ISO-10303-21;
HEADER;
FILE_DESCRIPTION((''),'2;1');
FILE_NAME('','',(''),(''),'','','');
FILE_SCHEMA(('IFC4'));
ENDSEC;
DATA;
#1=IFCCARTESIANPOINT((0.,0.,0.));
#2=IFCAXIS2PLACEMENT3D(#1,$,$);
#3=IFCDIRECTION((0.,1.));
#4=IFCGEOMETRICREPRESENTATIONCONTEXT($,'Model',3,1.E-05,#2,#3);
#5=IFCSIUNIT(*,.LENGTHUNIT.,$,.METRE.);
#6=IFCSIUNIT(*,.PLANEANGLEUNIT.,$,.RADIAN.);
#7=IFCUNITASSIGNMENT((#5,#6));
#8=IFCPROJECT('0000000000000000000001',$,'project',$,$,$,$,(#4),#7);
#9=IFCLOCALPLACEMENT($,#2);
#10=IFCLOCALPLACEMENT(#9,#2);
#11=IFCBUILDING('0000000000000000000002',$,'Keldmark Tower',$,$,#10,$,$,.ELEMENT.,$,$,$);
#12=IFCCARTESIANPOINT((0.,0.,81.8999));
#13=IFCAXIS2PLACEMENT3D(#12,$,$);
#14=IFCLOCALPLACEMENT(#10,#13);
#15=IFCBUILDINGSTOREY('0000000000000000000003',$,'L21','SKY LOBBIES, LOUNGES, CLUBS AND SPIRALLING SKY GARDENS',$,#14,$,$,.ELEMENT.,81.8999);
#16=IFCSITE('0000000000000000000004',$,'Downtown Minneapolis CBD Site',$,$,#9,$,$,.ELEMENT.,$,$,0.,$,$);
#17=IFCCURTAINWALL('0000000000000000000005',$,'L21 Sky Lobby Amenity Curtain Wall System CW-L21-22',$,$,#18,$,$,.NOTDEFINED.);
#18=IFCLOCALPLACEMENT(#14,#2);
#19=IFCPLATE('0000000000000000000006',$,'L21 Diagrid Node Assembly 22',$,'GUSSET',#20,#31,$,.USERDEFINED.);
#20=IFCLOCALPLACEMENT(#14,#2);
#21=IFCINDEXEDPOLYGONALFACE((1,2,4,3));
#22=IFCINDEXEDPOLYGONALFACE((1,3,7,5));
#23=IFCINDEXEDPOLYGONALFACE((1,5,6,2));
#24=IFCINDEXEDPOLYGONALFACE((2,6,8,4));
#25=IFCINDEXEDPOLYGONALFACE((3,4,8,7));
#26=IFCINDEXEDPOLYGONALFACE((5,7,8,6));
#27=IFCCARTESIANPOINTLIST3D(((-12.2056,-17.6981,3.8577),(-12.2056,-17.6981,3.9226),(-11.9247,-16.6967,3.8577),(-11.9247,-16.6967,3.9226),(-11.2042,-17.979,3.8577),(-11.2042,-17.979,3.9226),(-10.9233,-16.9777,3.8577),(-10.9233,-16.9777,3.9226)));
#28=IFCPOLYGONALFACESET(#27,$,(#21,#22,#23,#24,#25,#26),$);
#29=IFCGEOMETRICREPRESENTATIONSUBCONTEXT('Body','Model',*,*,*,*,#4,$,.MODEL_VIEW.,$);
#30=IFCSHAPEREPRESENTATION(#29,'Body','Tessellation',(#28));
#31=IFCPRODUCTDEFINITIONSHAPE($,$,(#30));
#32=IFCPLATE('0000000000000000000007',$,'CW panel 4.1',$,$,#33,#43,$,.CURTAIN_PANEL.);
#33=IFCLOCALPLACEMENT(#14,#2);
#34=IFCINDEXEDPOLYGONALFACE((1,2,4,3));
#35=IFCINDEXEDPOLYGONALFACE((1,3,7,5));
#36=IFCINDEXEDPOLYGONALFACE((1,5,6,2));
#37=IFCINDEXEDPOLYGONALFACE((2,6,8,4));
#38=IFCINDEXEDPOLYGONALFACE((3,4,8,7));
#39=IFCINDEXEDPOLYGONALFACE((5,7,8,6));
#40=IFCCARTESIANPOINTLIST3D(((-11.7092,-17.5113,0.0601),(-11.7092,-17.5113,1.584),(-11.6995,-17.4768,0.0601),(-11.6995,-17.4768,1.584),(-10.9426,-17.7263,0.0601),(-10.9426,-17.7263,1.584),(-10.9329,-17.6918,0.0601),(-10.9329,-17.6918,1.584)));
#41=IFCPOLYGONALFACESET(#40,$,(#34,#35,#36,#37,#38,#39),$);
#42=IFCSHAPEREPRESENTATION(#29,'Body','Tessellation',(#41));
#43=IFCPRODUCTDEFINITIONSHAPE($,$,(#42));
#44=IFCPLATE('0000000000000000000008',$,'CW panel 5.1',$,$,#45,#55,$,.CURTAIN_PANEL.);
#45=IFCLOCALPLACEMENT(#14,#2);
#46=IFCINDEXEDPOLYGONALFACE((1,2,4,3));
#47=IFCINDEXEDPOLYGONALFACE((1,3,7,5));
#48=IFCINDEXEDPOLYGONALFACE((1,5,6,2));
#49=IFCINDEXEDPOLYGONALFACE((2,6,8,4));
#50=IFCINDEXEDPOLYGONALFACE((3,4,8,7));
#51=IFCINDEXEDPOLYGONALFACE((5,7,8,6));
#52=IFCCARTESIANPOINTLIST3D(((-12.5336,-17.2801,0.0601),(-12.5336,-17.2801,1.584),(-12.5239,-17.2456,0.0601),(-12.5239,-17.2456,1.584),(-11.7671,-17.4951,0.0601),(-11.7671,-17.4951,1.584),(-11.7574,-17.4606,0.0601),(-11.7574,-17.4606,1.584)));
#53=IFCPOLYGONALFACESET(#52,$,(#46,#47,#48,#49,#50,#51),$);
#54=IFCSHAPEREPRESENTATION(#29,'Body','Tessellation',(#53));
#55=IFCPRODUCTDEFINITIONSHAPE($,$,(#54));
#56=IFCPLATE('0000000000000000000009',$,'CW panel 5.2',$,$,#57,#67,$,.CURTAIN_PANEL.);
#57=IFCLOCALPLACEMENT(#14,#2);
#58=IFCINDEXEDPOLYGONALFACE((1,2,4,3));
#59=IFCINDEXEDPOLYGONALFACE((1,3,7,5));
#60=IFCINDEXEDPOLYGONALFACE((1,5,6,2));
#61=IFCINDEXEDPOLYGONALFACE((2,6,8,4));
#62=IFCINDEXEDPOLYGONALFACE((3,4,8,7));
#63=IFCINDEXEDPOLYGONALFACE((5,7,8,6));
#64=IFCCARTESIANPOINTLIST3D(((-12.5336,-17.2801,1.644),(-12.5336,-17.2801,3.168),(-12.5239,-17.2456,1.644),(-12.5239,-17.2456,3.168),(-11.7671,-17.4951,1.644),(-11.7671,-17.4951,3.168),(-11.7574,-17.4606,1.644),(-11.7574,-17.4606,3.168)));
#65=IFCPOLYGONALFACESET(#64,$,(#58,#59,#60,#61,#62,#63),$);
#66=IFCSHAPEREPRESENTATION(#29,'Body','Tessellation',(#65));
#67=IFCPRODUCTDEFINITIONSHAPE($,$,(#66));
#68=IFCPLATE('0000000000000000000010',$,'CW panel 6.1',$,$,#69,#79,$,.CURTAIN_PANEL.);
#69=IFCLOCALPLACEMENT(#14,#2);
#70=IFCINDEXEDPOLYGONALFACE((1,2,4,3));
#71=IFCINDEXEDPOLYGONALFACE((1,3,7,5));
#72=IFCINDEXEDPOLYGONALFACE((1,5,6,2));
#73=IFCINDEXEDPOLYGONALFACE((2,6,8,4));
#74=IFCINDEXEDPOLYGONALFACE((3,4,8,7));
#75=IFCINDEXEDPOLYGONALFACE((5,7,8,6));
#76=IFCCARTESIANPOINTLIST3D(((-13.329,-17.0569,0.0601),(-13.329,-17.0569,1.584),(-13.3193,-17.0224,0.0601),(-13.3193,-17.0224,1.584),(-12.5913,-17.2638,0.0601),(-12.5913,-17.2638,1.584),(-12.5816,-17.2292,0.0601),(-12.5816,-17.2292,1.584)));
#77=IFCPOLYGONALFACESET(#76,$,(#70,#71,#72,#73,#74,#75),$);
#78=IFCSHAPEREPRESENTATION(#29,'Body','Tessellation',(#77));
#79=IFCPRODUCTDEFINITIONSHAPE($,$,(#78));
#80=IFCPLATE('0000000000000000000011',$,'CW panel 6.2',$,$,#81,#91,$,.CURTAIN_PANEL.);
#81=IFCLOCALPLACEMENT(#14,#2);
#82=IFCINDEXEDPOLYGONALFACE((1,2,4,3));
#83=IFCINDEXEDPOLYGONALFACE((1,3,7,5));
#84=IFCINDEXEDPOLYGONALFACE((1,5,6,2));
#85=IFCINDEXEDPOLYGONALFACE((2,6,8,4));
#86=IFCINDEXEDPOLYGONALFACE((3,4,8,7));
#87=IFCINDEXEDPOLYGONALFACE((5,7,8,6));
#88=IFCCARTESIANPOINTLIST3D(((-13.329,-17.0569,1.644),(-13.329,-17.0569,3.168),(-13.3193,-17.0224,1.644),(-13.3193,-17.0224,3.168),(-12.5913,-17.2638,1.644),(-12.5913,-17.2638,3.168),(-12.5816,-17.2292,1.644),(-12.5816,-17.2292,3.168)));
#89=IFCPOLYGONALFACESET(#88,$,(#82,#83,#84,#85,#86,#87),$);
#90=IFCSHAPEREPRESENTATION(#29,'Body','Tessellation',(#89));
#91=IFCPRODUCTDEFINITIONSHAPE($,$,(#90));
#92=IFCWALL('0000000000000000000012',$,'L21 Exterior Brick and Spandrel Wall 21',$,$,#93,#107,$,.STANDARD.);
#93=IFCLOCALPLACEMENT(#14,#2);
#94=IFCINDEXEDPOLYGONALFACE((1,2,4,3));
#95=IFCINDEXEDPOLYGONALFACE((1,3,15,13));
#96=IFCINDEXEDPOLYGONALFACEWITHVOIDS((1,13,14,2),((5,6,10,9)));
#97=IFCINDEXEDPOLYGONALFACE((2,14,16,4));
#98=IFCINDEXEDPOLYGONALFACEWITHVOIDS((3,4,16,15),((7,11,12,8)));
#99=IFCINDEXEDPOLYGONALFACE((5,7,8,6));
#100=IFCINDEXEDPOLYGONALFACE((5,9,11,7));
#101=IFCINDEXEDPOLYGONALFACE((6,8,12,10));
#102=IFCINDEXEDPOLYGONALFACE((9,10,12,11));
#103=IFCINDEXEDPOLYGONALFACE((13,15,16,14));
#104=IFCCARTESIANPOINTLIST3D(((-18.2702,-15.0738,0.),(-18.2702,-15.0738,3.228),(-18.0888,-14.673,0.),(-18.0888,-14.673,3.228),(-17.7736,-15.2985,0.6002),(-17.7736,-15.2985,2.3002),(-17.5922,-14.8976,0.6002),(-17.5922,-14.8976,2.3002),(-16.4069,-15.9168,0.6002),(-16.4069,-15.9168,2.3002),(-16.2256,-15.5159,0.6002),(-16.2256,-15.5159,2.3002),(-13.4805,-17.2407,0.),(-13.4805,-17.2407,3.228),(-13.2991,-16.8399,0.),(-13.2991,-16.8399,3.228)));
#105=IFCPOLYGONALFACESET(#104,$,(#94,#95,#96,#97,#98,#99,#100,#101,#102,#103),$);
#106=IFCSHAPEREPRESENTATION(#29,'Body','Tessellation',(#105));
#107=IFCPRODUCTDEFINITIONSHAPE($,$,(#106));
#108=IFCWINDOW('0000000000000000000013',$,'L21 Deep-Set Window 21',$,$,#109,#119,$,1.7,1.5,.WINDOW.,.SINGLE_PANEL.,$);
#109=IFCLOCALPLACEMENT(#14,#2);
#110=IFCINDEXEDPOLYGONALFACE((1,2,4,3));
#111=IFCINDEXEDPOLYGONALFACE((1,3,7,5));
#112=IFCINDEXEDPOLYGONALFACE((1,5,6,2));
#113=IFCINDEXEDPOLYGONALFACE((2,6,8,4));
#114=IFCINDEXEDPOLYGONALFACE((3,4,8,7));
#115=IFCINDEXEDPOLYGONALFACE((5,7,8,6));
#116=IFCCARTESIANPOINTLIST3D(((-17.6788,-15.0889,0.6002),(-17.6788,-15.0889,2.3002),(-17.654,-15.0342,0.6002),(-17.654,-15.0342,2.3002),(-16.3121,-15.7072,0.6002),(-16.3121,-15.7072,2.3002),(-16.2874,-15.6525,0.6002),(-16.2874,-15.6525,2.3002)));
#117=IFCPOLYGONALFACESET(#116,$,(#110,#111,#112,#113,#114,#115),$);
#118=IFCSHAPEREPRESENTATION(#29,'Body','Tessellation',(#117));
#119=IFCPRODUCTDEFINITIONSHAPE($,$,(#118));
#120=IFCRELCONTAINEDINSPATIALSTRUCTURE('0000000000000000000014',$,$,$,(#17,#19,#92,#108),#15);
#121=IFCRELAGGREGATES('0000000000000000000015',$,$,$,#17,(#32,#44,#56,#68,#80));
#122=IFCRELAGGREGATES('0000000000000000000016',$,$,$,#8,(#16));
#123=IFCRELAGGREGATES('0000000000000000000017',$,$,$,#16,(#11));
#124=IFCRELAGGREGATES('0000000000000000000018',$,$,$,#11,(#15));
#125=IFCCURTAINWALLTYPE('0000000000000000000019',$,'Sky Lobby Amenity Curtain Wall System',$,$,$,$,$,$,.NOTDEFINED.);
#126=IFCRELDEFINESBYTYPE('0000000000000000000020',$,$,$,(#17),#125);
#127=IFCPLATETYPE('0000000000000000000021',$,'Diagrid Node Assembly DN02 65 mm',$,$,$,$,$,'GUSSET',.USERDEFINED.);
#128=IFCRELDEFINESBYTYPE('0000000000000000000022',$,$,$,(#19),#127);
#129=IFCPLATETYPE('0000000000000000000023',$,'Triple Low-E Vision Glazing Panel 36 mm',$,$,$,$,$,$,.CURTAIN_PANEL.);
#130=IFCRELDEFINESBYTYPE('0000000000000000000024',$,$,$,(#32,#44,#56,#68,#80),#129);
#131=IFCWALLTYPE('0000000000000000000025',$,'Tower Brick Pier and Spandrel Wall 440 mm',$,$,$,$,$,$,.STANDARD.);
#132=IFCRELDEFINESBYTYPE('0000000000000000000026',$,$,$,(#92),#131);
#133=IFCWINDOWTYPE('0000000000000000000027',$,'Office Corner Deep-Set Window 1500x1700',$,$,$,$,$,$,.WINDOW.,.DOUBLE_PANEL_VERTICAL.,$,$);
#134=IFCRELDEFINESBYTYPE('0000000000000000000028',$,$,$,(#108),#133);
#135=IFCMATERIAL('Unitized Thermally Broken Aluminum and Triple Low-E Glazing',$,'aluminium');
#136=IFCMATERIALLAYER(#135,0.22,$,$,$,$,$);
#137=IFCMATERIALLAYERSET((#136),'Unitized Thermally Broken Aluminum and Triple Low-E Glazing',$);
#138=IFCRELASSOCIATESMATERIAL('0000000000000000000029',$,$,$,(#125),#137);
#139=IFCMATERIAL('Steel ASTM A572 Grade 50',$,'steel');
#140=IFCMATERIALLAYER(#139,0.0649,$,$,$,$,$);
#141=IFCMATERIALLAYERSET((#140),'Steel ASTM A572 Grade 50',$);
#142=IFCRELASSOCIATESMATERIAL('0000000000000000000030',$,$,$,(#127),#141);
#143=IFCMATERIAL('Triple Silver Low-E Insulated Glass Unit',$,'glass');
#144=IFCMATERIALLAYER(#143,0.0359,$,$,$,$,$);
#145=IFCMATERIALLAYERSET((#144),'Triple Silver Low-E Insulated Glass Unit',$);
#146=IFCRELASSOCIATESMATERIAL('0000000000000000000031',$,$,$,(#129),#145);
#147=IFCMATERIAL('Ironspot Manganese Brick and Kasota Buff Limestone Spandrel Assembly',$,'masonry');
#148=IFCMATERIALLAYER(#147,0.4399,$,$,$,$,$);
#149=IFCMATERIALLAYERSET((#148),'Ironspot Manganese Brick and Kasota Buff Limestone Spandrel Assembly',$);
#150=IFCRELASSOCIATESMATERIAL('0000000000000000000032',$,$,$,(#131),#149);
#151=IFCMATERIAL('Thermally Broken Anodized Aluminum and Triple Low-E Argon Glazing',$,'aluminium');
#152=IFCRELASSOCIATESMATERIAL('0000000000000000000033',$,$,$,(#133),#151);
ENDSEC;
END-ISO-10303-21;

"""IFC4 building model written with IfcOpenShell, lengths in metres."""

from ifc_helpers import new_model, si_unit, direction, frame, frame_2d, origin, origin_2d, place, context, subcontext, project, spatial, rectangle, extrude, material, layer, layer_set, type_object, element, fill, aggregate, save


model = new_model("IFC4")

# Units and contexts
model_context = context("Model", 3, precision=1e-05, world=origin(), true_north=direction((0.0, 1.0)))
body_context = subcontext(model_context, "Body", "Model", "MODEL_VIEW")
ifc_project = project(units=[si_unit("LENGTHUNIT", "METRE"), si_unit("PLANEANGLEUNIT", "RADIAN")], contexts=[model_context])

# Site, building, storey
site_placement = place(None, origin())
site = spatial("IfcSite", under=ifc_project, at=site_placement, Name="Downtown Minneapolis CBD Site", CompositionType="ELEMENT", RefElevation=0.0)
building_placement = place(site_placement, origin())
building = spatial("IfcBuilding", under=site, at=building_placement, Name="Keldmark Tower", CompositionType="ELEMENT")
storey_placement = place(building_placement, frame((0.0, 0.0, 81.8999)))
storey = spatial("IfcBuildingStorey", under=building, at=storey_placement, Name="L21", Description="SKY LOBBIES, LOUNGES, CLUBS AND SPIRALLING SKY GARDENS", CompositionType="ELEMENT", Elevation=81.8999)

# Curtain wall
ifc_material_1 = material(Name="Unitized Thermally Broken Aluminum and Triple Low-E Glazing", Category="aluminium")
ifc_layer_1 = layer(ifc_material_1, 0.22)
ifc_layer_set_1 = layer_set([ifc_layer_1], Name="Unitized Thermally Broken Aluminum and Triple Low-E Glazing")
curtain_wall_type = type_object("IfcCurtainWallType", Name="Sky Lobby Amenity Curtain Wall System", PredefinedType="NOTDEFINED", material=ifc_layer_set_1)
curtain_wall_placement = place(storey_placement, origin())
curtain_wall = element("IfcCurtainWall", 1, at=curtain_wall_placement, inside=storey, type_object=curtain_wall_type, Name="L21 Sky Lobby Amenity Curtain Wall System CW-L21-22", PredefinedType="NOTDEFINED")

# Plates
ifc_material_2 = material(Name="Steel ASTM A572 Grade 50", Category="steel")
ifc_layer_2 = layer(ifc_material_2, 0.0649)
ifc_layer_set_2 = layer_set([ifc_layer_2], Name="Steel ASTM A572 Grade 50")
plate_type_1 = type_object("IfcPlateType", Name="Diagrid Node Assembly DN02 65 mm", ElementType="GUSSET", PredefinedType="USERDEFINED", material=ifc_layer_set_2)
plate_1_placement = place(storey_placement, frame((-11.5645, -17.3379, 3.8577), z_axis=(0.0, 0.0, 1.0), x_axis=(0.962833, -0.270096, 0.0)))
element("IfcPlate", 2, at=plate_1_placement, inside=storey, type_object=plate_type_1, Name="L21 Diagrid Node Assembly 22", ObjectType="GUSSET", PredefinedType="USERDEFINED", context=body_context, shape_type="SweptSolid", body=[
    extrude(rectangle(XDim=1.04, YDim=1.04, at=origin_2d()), origin(), (0.0, 0.0, 1.0), 0.0649),
])
ifc_material_3 = material(Name="Triple Silver Low-E Insulated Glass Unit", Category="glass")
ifc_layer_3 = layer(ifc_material_3, 0.0359)
ifc_layer_set_3 = layer_set([ifc_layer_3], Name="Triple Silver Low-E Insulated Glass Unit")
plate_type_2 = type_object("IfcPlateType", Name="Triple Low-E Vision Glazing Panel 36 mm", PredefinedType="CURTAIN_PANEL", material=ifc_layer_set_3)
plate_2_placement = place(storey_placement, frame((-11.321, -17.6016, 0.0601), z_axis=(0.0, 0.0, 1.0), x_axis=(-0.962852, 0.270028, 0.0)))
plate_2 = element("IfcPlate", 3, at=plate_2_placement, type_object=plate_type_2, Name="CW panel 4.1", PredefinedType="CURTAIN_PANEL", context=body_context, shape_type="SweptSolid", body=[
    extrude(rectangle(XDim=0.7961, YDim=0.0359, at=origin_2d()), origin(), (0.0, 0.0, 1.0), 1.5239),
])
plate_3_placement = place(storey_placement, frame((-12.1455, -17.3704, 0.0601), z_axis=(0.0, 0.0, 1.0), x_axis=(-0.962852, 0.270028, 0.0)))
plate_3 = element("IfcPlate", 4, at=plate_3_placement, type_object=plate_type_2, Name="CW panel 5.1", PredefinedType="CURTAIN_PANEL", context=body_context, shape_type="SweptSolid", body=[
    extrude(rectangle(XDim=0.7961, YDim=0.0359, at=origin_2d()), origin(), (0.0, 0.0, 1.0), 1.5239),
])
plate_4_placement = place(storey_placement, frame((-12.1455, -17.3704, 1.644), z_axis=(0.0, 0.0, 1.0), x_axis=(-0.962852, 0.270028, 0.0)))
plate_4 = element("IfcPlate", 5, at=plate_4_placement, type_object=plate_type_2, Name="CW panel 5.2", PredefinedType="CURTAIN_PANEL", context=body_context, shape_type="SweptSolid", body=[
    extrude(rectangle(XDim=0.7961, YDim=0.0359, at=origin_2d()), origin(), (0.0, 0.0, 1.0), 1.5239),
])
plate_5_placement = place(storey_placement, frame((-12.9553, -17.1431, 0.0601), z_axis=(0.0, 0.0, 1.0), x_axis=(-0.962852, 0.270028, 0.0)))
plate_5 = element("IfcPlate", 6, at=plate_5_placement, type_object=plate_type_2, Name="CW panel 6.1", PredefinedType="CURTAIN_PANEL", context=body_context, shape_type="SweptSolid", body=[
    extrude(rectangle(XDim=0.7661, YDim=0.0359, at=origin_2d()), origin(), (0.0, 0.0, 1.0), 1.5239),
])
plate_6_placement = place(storey_placement, frame((-12.9553, -17.1431, 1.644), z_axis=(0.0, 0.0, 1.0), x_axis=(-0.962852, 0.270028, 0.0)))
plate_6 = element("IfcPlate", 7, at=plate_6_placement, type_object=plate_type_2, Name="CW panel 6.2", PredefinedType="CURTAIN_PANEL", context=body_context, shape_type="SweptSolid", body=[
    extrude(rectangle(XDim=0.7661, YDim=0.0359, at=origin_2d()), origin(), (0.0, 0.0, 1.0), 1.5239),
])
aggregate(curtain_wall, [plate_2, plate_3, plate_4, plate_5, plate_6])

# Wall, opening, window
ifc_material_4 = material(Name="Ironspot Manganese Brick and Kasota Buff Limestone Spandrel Assembly", Category="masonry")
ifc_layer_4 = layer(ifc_material_4, 0.4399)
ifc_layer_set_4 = layer_set([ifc_layer_4], Name="Ironspot Manganese Brick and Kasota Buff Limestone Spandrel Assembly")
wall_type = type_object("IfcWallType", Name="Tower Brick Pier and Spandrel Wall 440 mm", PredefinedType="STANDARD", material=ifc_layer_set_4)
wall_placement = place(storey_placement, frame((-13.3899, -17.0403, 0.0), z_axis=(0.0, 0.0, 1.0), x_axis=(-0.911095, 0.412196, 0.0)))
wall = element("IfcWall", 8, at=wall_placement, inside=storey, type_object=wall_type, Name="L21 Exterior Brick and Spandrel Wall 21", PredefinedType="STANDARD", context=body_context, shape_type="SweptSolid", body=[
    extrude(rectangle(XDim=5.2571, YDim=0.4399, at=frame_2d((2.6284, 0.0))), origin(), (0.0, 0.0, 1.0), 3.228),
])
opening_placement = place(wall_placement, frame((3.2119, 0.0, 0.6001)))
opening = element("IfcOpeningElement", 9, at=opening_placement, cuts=wall, PredefinedType="OPENING", context=body_context, shape_type="SweptSolid", body=[
    extrude(rectangle(XDim=1.5, YDim=1.7, at=frame_2d((0.75, 0.8501))), frame((0.0, 0.23, 0.0), z_axis=(0.0, -1.0, 0.0), x_axis=(1.0, 0.0, 0.0)), (0.0, 0.0, 1.0), 0.46),
])
ifc_material_5 = material(Name="Thermally Broken Anodized Aluminum and Triple Low-E Argon Glazing", Category="aluminium")
window_type = type_object("IfcWindowType", Name="Office Corner Deep-Set Window 1500x1700", PartitioningType="DOUBLE_PANEL_VERTICAL", PredefinedType="WINDOW", material=ifc_material_5)
window_placement = place(opening_placement, origin())
window = element("IfcWindow", 10, at=window_placement, inside=storey, type_object=window_type, Name="L21 Deep-Set Window 21", OverallHeight=1.7, OverallWidth=1.5, PartitioningType="SINGLE_PANEL", PredefinedType="WINDOW", context=body_context, shape_type="SweptSolid", body=[
    extrude(rectangle(XDim=1.5, YDim=1.7, at=frame_2d((0.75, 0.8501))), frame((0.0, -0.01, 0.0), z_axis=(0.0, -1.0, 0.0), x_axis=(1.0, 0.0, 0.0)), (0.0, 0.0, 1.0), 0.0601),
])
fill(opening, window)

save(model, "model.ifc")
